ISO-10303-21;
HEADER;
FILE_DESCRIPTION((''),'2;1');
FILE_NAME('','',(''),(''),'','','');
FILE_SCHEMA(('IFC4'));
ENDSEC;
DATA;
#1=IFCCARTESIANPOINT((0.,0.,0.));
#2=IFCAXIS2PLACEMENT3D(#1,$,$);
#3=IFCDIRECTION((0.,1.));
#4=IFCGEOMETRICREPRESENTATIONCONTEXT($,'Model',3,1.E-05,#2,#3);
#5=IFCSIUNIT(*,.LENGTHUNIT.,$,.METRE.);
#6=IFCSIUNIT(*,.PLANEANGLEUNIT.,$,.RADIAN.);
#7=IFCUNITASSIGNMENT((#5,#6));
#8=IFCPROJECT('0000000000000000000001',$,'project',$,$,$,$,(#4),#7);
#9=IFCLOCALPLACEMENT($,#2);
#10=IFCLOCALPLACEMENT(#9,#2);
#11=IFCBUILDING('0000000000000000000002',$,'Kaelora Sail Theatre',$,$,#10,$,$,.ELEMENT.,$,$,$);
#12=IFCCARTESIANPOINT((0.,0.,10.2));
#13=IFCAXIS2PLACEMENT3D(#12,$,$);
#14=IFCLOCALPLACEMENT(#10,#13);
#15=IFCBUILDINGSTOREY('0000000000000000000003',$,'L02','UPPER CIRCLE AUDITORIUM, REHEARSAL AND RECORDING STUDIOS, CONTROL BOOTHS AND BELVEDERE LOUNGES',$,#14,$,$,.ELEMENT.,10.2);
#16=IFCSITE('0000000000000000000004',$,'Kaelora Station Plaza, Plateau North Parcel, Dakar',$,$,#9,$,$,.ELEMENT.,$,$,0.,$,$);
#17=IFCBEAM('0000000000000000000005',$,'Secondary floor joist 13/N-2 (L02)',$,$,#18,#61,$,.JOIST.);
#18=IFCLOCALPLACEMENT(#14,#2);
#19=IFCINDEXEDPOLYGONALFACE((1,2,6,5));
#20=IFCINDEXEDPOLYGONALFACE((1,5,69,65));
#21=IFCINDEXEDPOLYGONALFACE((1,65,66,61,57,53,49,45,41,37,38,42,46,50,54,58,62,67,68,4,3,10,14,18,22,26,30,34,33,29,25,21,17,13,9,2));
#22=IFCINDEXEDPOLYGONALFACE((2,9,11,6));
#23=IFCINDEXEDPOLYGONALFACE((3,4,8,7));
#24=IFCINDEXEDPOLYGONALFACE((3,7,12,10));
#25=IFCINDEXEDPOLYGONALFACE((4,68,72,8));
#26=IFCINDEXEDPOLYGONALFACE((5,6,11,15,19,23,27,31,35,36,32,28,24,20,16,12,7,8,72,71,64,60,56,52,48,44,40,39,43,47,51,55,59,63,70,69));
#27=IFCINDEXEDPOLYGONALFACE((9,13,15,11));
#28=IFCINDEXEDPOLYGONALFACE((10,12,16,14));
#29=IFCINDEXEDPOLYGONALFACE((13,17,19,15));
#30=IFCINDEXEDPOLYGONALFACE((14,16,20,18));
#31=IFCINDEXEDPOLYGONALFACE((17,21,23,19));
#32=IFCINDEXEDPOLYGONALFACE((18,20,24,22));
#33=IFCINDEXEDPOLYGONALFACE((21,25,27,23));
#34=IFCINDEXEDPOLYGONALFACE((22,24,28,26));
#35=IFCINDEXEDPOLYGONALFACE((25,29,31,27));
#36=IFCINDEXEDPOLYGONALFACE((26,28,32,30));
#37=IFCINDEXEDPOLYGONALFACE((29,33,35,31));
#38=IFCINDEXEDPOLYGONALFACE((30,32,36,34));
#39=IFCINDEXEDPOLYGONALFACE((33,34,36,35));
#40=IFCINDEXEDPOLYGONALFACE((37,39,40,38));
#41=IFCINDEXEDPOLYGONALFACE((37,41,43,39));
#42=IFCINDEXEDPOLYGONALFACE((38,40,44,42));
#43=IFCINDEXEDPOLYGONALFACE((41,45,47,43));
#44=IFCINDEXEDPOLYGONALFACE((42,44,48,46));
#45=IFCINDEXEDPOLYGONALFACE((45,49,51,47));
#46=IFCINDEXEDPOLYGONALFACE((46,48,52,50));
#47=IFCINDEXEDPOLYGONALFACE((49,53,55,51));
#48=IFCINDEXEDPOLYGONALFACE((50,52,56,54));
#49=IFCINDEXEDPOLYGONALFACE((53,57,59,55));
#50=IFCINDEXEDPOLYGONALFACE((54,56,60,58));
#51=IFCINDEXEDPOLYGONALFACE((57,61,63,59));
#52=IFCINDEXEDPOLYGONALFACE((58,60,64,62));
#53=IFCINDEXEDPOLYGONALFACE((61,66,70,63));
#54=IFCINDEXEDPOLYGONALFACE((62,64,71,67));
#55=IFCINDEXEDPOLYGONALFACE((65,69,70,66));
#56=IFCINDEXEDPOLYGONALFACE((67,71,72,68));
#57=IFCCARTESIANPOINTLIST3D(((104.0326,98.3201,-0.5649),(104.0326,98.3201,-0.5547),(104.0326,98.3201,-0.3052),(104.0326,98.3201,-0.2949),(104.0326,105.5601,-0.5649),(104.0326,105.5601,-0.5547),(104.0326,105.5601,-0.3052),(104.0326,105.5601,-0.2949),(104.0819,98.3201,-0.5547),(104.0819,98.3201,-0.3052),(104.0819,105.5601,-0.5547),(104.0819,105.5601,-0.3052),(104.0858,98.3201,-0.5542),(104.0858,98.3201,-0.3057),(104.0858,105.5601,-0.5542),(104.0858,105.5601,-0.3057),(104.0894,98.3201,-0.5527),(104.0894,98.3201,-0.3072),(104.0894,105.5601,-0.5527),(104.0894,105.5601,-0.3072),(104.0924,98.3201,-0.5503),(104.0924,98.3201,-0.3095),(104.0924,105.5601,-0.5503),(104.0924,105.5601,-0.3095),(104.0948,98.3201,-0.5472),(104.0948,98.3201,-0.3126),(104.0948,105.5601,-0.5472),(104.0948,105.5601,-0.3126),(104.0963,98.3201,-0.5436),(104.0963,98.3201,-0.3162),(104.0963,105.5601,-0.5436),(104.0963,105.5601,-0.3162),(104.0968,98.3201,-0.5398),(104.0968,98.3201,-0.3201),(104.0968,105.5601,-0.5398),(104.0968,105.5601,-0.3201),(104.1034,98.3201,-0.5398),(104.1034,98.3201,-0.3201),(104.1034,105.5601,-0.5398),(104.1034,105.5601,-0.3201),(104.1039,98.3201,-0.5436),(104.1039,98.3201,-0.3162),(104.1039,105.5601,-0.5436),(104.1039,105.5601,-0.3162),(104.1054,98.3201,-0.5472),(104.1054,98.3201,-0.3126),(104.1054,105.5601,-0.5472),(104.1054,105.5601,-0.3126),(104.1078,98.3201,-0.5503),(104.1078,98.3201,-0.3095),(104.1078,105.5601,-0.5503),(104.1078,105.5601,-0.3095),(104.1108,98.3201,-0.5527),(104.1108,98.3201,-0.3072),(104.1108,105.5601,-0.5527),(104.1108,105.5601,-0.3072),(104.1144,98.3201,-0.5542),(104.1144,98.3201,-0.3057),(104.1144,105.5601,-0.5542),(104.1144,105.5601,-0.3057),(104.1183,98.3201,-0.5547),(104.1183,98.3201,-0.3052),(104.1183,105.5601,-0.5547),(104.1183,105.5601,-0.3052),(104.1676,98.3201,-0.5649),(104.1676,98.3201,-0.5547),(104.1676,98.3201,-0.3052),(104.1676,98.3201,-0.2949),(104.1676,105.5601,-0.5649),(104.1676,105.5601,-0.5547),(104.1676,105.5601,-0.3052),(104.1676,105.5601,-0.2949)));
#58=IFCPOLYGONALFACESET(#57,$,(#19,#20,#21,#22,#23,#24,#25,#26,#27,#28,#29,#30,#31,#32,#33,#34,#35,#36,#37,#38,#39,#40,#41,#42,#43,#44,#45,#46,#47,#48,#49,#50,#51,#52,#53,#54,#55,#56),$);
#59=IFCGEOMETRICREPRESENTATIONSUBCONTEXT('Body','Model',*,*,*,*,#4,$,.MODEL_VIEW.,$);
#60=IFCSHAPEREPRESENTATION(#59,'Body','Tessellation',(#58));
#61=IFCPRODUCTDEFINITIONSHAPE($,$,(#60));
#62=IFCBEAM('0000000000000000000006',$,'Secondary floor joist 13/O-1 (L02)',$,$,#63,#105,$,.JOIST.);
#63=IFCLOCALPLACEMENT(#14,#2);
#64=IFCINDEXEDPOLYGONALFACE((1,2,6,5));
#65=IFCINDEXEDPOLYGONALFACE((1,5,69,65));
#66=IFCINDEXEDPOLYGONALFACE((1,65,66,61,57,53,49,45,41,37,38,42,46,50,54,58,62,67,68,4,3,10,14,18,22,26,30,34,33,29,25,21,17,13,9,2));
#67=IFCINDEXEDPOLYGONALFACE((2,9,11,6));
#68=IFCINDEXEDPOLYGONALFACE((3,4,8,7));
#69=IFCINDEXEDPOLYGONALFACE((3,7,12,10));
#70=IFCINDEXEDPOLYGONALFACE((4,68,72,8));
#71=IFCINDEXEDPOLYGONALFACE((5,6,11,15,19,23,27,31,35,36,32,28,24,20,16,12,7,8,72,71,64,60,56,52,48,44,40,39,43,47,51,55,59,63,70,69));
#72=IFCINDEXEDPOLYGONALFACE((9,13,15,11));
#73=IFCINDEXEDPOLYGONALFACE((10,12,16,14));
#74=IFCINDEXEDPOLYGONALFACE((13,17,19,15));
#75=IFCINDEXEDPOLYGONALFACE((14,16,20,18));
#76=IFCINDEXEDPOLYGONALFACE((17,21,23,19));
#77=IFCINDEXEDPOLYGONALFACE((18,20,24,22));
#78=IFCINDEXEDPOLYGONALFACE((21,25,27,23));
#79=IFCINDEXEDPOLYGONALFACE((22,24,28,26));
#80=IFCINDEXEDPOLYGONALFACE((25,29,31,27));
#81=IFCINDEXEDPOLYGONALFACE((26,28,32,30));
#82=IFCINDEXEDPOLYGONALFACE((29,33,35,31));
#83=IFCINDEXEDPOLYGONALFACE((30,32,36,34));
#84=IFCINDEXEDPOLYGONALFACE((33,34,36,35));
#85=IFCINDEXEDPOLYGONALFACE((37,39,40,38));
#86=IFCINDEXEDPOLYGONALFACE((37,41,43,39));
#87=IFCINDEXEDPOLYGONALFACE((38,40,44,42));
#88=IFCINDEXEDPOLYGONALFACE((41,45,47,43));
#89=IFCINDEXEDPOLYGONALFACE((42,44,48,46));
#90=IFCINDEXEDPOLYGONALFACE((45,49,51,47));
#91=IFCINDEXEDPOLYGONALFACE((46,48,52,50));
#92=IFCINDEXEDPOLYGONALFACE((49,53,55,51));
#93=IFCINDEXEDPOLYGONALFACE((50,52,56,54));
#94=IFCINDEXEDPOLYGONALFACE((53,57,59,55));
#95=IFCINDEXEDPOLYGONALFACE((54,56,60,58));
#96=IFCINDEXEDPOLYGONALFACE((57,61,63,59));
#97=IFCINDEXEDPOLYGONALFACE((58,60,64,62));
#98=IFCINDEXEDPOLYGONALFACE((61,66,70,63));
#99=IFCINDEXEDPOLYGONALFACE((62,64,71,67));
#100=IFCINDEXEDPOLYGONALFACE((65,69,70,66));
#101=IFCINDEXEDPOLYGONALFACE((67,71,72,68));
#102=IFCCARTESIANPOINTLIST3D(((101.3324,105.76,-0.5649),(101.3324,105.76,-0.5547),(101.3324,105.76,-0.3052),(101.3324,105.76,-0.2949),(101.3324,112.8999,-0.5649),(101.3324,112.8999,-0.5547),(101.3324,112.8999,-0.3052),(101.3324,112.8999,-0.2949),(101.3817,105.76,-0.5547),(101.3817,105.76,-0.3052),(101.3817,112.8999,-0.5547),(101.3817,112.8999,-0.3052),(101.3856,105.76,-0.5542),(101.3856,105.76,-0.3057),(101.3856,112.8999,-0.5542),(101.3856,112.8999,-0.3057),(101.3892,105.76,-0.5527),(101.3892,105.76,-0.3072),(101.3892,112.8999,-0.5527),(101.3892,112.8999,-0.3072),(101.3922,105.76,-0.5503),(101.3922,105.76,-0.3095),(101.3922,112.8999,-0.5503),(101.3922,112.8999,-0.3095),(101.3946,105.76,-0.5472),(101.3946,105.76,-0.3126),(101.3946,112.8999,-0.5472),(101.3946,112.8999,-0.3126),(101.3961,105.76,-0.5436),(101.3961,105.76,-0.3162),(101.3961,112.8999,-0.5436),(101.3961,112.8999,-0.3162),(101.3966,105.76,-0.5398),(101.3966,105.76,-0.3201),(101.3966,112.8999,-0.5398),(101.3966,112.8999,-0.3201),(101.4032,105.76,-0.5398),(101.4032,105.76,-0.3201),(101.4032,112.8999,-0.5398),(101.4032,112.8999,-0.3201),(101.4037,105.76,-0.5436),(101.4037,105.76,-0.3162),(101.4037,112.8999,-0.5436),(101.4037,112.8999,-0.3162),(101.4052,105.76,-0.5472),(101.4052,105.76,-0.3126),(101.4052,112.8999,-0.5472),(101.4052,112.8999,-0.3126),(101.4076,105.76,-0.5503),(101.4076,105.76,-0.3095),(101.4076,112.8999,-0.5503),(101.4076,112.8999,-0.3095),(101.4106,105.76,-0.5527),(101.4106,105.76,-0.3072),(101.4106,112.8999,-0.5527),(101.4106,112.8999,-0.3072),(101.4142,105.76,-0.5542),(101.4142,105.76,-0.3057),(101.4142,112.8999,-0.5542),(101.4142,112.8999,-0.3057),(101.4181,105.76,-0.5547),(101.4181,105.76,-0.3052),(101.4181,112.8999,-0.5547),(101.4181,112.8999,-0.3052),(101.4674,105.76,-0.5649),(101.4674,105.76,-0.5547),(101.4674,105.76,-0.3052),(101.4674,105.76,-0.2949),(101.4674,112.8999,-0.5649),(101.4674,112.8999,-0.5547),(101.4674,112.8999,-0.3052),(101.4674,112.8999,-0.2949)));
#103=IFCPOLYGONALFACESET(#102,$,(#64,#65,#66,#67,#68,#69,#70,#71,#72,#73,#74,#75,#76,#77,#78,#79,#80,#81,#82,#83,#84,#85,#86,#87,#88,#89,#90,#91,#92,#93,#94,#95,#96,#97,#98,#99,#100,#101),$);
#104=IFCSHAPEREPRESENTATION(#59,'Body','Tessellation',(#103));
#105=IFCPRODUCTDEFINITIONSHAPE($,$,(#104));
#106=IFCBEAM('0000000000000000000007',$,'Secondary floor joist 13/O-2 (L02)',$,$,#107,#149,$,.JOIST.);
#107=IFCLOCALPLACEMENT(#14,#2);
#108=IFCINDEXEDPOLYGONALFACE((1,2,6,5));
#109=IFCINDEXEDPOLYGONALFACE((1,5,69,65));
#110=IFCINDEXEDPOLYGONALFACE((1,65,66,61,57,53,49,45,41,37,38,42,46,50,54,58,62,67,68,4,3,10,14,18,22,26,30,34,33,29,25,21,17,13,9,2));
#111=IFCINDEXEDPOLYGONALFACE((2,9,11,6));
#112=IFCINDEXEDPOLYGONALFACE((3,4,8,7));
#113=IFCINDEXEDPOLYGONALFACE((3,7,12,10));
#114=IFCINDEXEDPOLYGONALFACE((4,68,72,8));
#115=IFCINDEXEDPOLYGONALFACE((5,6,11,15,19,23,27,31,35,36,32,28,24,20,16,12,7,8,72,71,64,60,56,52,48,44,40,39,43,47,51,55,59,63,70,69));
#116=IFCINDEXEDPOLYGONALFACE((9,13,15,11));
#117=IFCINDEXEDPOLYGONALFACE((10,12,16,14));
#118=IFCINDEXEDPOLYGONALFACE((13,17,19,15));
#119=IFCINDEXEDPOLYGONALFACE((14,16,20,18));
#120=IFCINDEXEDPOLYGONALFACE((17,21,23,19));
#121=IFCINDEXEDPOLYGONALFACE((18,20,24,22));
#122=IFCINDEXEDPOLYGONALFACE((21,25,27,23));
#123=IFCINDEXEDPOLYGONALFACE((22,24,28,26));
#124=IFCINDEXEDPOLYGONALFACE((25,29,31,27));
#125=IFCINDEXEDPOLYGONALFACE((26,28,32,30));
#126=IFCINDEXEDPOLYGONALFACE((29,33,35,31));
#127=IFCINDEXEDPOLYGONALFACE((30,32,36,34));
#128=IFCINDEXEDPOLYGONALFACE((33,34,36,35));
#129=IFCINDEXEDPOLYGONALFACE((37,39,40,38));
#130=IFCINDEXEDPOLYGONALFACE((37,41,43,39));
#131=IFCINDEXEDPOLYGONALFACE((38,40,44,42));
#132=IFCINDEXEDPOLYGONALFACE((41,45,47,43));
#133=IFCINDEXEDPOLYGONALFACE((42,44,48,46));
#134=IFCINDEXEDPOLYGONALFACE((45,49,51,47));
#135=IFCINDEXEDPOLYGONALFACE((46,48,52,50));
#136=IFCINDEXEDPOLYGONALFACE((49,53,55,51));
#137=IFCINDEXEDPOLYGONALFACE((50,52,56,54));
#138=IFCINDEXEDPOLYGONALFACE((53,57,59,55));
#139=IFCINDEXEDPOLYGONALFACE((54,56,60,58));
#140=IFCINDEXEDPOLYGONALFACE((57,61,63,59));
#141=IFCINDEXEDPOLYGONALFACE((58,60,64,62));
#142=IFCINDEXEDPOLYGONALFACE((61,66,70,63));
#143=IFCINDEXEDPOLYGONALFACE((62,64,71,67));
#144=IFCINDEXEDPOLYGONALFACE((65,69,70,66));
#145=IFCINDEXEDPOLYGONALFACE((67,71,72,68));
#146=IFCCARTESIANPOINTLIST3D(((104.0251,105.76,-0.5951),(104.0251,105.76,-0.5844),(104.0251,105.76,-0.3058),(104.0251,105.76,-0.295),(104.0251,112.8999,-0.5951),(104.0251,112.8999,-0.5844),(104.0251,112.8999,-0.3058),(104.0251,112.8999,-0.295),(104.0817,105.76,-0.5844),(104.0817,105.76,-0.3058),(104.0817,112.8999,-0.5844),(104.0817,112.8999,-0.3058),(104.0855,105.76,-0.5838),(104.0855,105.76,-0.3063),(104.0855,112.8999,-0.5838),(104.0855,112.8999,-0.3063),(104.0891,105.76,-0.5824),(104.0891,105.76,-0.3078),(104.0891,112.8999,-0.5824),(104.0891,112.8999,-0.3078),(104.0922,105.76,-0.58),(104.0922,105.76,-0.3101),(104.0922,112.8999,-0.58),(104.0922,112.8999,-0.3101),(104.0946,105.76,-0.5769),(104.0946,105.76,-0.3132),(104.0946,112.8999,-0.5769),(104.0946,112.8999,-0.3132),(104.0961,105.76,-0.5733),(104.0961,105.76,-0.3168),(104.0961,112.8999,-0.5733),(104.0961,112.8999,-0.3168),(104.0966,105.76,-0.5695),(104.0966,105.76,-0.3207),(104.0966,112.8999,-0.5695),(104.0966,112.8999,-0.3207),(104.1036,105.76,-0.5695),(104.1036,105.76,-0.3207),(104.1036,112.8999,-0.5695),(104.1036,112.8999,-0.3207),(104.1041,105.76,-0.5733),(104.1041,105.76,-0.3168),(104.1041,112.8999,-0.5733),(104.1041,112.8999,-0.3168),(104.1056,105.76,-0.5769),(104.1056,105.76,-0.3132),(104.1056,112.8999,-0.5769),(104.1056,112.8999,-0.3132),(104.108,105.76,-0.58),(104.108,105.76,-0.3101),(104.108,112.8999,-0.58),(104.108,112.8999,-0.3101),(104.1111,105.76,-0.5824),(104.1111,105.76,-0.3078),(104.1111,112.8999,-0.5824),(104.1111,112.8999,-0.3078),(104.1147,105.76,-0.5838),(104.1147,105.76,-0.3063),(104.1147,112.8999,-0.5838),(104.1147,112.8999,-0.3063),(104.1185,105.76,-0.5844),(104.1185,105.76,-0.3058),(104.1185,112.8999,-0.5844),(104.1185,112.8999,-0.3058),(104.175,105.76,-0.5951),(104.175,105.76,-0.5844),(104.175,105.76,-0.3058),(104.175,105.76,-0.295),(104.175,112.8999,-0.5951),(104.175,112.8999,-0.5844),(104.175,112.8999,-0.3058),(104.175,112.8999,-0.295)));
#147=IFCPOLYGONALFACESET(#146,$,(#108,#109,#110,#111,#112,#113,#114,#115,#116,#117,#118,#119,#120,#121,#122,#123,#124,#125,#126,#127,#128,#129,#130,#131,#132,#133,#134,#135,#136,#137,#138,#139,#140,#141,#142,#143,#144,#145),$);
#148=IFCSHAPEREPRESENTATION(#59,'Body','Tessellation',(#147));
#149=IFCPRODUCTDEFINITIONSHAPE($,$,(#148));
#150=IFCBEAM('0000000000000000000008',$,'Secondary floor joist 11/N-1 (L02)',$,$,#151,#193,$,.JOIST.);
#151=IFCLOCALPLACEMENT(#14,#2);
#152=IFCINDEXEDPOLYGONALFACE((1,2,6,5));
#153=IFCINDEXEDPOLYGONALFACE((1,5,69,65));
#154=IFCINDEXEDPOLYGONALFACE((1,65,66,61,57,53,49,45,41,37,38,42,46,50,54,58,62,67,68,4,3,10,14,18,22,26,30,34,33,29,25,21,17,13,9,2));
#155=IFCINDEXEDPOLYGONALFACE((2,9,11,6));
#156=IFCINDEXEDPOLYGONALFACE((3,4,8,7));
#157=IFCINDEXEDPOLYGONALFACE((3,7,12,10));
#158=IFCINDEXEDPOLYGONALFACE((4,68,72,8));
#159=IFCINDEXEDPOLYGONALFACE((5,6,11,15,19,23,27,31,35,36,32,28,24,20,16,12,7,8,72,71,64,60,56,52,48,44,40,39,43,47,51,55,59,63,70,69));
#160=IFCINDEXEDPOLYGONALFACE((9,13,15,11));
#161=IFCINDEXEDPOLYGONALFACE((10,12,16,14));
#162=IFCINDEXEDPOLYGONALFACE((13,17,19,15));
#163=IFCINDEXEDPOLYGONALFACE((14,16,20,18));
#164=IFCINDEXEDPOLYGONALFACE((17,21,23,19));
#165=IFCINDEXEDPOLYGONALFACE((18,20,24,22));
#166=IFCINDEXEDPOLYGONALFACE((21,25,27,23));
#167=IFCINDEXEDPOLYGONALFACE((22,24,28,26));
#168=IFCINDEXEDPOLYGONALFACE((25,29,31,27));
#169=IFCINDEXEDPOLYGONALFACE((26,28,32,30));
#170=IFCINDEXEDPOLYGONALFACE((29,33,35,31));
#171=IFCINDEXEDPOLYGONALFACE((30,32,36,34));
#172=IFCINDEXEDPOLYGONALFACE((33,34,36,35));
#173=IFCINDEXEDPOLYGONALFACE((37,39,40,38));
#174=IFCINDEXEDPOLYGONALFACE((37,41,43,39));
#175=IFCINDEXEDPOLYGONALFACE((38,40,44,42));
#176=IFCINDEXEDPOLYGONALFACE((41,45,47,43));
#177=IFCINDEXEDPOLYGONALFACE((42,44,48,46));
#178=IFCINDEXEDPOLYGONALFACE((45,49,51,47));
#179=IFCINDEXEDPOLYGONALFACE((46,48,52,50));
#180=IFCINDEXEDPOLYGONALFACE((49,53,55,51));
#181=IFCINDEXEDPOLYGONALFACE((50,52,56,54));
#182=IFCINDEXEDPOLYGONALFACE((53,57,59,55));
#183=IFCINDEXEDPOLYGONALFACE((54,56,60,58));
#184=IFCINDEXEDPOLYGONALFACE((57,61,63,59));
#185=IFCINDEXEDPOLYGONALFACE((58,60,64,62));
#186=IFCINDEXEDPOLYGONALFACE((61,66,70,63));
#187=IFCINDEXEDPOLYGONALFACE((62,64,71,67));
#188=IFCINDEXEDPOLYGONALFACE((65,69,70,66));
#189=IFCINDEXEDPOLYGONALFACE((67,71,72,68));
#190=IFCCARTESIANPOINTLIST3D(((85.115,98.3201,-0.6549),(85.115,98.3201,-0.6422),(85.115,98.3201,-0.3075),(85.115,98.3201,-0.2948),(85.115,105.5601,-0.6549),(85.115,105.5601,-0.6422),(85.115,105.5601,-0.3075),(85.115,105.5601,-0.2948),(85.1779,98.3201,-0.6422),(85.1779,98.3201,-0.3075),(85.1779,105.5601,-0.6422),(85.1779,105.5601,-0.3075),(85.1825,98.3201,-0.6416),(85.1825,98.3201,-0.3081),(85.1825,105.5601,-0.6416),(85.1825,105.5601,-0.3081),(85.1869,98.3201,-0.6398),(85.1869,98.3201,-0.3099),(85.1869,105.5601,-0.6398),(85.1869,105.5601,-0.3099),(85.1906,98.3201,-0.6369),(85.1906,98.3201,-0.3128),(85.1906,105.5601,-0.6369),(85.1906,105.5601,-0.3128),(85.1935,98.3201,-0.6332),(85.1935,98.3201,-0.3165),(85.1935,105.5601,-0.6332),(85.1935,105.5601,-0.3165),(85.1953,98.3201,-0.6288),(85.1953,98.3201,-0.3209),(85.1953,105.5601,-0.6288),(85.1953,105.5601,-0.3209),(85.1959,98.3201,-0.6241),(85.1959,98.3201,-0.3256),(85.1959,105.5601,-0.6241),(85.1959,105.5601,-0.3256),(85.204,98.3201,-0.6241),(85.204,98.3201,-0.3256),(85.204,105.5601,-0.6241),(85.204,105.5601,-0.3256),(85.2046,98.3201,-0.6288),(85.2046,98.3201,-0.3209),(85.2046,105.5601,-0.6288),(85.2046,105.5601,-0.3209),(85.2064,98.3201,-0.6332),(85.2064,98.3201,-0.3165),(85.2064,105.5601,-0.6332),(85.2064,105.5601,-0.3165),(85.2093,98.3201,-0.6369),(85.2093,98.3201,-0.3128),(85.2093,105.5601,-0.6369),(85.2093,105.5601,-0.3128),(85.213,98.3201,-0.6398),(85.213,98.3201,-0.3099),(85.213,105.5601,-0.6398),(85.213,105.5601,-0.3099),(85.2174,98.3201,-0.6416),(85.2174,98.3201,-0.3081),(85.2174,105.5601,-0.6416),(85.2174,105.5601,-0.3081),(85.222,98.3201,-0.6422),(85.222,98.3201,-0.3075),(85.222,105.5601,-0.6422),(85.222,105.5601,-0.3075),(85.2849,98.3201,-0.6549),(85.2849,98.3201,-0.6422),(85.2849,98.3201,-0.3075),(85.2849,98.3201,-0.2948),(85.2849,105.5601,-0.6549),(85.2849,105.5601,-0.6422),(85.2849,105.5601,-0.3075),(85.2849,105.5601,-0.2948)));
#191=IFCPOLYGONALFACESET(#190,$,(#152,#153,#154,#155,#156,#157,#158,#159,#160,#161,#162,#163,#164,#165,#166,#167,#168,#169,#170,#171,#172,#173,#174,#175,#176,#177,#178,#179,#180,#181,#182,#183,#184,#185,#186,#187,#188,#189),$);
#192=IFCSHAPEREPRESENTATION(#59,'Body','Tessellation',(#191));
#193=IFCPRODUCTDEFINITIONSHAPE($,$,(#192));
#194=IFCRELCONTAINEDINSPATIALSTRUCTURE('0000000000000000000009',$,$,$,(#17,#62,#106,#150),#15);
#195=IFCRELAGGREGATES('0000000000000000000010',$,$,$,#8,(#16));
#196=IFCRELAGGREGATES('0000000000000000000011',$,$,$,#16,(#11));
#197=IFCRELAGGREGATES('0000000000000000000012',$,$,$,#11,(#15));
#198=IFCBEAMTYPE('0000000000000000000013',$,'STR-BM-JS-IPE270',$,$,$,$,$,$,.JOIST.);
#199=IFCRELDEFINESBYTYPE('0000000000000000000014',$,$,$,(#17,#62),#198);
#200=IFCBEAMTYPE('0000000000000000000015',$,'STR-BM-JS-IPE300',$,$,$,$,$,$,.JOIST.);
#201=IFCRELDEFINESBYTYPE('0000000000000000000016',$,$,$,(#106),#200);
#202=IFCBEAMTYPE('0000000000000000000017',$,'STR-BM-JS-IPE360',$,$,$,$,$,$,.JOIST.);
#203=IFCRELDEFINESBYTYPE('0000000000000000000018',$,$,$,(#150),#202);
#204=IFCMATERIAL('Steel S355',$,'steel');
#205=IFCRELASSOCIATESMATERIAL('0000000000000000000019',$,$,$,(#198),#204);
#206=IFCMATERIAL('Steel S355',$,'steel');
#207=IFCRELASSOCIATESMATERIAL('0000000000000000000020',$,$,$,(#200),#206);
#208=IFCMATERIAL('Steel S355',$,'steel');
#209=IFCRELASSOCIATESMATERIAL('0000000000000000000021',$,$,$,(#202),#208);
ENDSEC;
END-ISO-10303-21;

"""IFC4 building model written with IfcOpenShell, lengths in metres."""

from ifc_helpers import new_model, si_unit, direction, frame, origin, origin_2d, place, context, subcontext, project, spatial, i_section, extrude, material, material_profile, profile_set, type_object, element, save


model = new_model("IFC4")

# Units and contexts
model_context = context("Model", 3, precision=1e-05, world=origin(), true_north=direction((0.0, 1.0)))
body_context = subcontext(model_context, "Body", "Model", "MODEL_VIEW")
ifc_project = project(units=[si_unit("LENGTHUNIT", "METRE"), si_unit("PLANEANGLEUNIT", "RADIAN")], contexts=[model_context])

# Site, building, storey
site_placement = place(None, origin())
site = spatial("IfcSite", under=ifc_project, at=site_placement, Name="Kaelora Station Plaza, Plateau North Parcel, Dakar", CompositionType="ELEMENT", RefElevation=0.0)
building_placement = place(site_placement, origin())
building = spatial("IfcBuilding", under=site, at=building_placement, Name="Kaelora Sail Theatre", CompositionType="ELEMENT")
storey_placement = place(building_placement, frame((0.0, 0.0, 10.2)))
storey = spatial("IfcBuildingStorey", under=building, at=storey_placement, Name="L02", Description="UPPER CIRCLE AUDITORIUM, REHEARSAL AND RECORDING STUDIOS, CONTROL BOOTHS AND BELVEDERE LOUNGES", CompositionType="ELEMENT", Elevation=10.2)

# Beams
ifc_material_1 = material(Name="Steel S355", Category="steel")
ifc_material_profile_1 = material_profile(ifc_material_1, i_section(OverallWidth=0.135, OverallDepth=0.27, WebThickness=0.0066, FlangeThickness=0.0103, FilletRadius=0.0149, at=origin_2d()), Name="IPE 270")
ifc_profile_set_1 = profile_set([ifc_material_profile_1], Name="Steel S355")
beam_type_1 = type_object("IfcBeamType", Name="STR-BM-JS-IPE270", PredefinedType="JOIST", material=ifc_profile_set_1)
beam_1_placement = place(storey_placement, frame((104.1001, 98.3201, -0.4299), z_axis=(0.0, 1.0, 0.0), x_axis=(-1.0, 0.0, 0.0)))
element("IfcBeam", 1, at=beam_1_placement, inside=storey, type_object=beam_type_1, Name="Secondary floor joist 13/N-2 (L02)", PredefinedType="JOIST", context=body_context, shape_type="SweptSolid", body=[
    extrude(i_section(OverallWidth=0.135, OverallDepth=0.27, WebThickness=0.0066, FlangeThickness=0.0103, FilletRadius=0.0149, at=origin_2d()), origin(), (0.0, 0.0, 1.0), 7.24),
])
beam_2_placement = place(storey_placement, frame((101.3999, 105.76, -0.4299), z_axis=(0.0, 1.0, 0.0), x_axis=(-1.0, 0.0, 0.0)))
element("IfcBeam", 2, at=beam_2_placement, inside=storey, type_object=beam_type_1, Name="Secondary floor joist 13/O-1 (L02)", PredefinedType="JOIST", context=body_context, shape_type="SweptSolid", body=[
    extrude(i_section(OverallWidth=0.135, OverallDepth=0.27, WebThickness=0.0066, FlangeThickness=0.0103, FilletRadius=0.0149, at=origin_2d()), origin(), (0.0, 0.0, 1.0), 7.1399),
])
ifc_material_2 = material(Name="Steel S355", Category="steel")
ifc_material_profile_2 = material_profile(ifc_material_2, i_section(OverallWidth=0.1499, OverallDepth=0.3, WebThickness=0.0071, FlangeThickness=0.0107, FilletRadius=0.0149, at=origin_2d()), Name="IPE 300")
ifc_profile_set_2 = profile_set([ifc_material_profile_2], Name="Steel S355")
beam_type_2 = type_object("IfcBeamType", Name="STR-BM-JS-IPE300", PredefinedType="JOIST", material=ifc_profile_set_2)
beam_3_placement = place(storey_placement, frame((104.1001, 105.76, -0.4451), z_axis=(0.0, 1.0, 0.0), x_axis=(-1.0, 0.0, 0.0)))
element("IfcBeam", 3, at=beam_3_placement, inside=storey, type_object=beam_type_2, Name="Secondary floor joist 13/O-2 (L02)", PredefinedType="JOIST", context=body_context, shape_type="SweptSolid", body=[
    extrude(i_section(OverallWidth=0.1499, OverallDepth=0.3, WebThickness=0.0071, FlangeThickness=0.0107, FilletRadius=0.0149, at=origin_2d()), origin(), (0.0, 0.0, 1.0), 7.1399),
])
ifc_material_3 = material(Name="Steel S355", Category="steel")
ifc_material_profile_3 = material_profile(ifc_material_3, i_section(OverallWidth=0.1699, OverallDepth=0.3601, WebThickness=0.0081, FlangeThickness=0.0127, FilletRadius=0.0181, at=origin_2d()), Name="IPE 360")
ifc_profile_set_3 = profile_set([ifc_material_profile_3], Name="Steel S355")
beam_type_3 = type_object("IfcBeamType", Name="STR-BM-JS-IPE360", PredefinedType="JOIST", material=ifc_profile_set_3)
beam_4_placement = place(storey_placement, frame((85.2, 98.3201, -0.4749), z_axis=(0.0, 1.0, 0.0), x_axis=(-1.0, 0.0, 0.0)))
element("IfcBeam", 4, at=beam_4_placement, inside=storey, type_object=beam_type_3, Name="Secondary floor joist 11/N-1 (L02)", PredefinedType="JOIST", context=body_context, shape_type="SweptSolid", body=[
    extrude(i_section(OverallWidth=0.1699, OverallDepth=0.3601, WebThickness=0.0081, FlangeThickness=0.0127, FilletRadius=0.0181, at=origin_2d()), origin(), (0.0, 0.0, 1.0), 7.24),
])

save(model, "model.ifc")
